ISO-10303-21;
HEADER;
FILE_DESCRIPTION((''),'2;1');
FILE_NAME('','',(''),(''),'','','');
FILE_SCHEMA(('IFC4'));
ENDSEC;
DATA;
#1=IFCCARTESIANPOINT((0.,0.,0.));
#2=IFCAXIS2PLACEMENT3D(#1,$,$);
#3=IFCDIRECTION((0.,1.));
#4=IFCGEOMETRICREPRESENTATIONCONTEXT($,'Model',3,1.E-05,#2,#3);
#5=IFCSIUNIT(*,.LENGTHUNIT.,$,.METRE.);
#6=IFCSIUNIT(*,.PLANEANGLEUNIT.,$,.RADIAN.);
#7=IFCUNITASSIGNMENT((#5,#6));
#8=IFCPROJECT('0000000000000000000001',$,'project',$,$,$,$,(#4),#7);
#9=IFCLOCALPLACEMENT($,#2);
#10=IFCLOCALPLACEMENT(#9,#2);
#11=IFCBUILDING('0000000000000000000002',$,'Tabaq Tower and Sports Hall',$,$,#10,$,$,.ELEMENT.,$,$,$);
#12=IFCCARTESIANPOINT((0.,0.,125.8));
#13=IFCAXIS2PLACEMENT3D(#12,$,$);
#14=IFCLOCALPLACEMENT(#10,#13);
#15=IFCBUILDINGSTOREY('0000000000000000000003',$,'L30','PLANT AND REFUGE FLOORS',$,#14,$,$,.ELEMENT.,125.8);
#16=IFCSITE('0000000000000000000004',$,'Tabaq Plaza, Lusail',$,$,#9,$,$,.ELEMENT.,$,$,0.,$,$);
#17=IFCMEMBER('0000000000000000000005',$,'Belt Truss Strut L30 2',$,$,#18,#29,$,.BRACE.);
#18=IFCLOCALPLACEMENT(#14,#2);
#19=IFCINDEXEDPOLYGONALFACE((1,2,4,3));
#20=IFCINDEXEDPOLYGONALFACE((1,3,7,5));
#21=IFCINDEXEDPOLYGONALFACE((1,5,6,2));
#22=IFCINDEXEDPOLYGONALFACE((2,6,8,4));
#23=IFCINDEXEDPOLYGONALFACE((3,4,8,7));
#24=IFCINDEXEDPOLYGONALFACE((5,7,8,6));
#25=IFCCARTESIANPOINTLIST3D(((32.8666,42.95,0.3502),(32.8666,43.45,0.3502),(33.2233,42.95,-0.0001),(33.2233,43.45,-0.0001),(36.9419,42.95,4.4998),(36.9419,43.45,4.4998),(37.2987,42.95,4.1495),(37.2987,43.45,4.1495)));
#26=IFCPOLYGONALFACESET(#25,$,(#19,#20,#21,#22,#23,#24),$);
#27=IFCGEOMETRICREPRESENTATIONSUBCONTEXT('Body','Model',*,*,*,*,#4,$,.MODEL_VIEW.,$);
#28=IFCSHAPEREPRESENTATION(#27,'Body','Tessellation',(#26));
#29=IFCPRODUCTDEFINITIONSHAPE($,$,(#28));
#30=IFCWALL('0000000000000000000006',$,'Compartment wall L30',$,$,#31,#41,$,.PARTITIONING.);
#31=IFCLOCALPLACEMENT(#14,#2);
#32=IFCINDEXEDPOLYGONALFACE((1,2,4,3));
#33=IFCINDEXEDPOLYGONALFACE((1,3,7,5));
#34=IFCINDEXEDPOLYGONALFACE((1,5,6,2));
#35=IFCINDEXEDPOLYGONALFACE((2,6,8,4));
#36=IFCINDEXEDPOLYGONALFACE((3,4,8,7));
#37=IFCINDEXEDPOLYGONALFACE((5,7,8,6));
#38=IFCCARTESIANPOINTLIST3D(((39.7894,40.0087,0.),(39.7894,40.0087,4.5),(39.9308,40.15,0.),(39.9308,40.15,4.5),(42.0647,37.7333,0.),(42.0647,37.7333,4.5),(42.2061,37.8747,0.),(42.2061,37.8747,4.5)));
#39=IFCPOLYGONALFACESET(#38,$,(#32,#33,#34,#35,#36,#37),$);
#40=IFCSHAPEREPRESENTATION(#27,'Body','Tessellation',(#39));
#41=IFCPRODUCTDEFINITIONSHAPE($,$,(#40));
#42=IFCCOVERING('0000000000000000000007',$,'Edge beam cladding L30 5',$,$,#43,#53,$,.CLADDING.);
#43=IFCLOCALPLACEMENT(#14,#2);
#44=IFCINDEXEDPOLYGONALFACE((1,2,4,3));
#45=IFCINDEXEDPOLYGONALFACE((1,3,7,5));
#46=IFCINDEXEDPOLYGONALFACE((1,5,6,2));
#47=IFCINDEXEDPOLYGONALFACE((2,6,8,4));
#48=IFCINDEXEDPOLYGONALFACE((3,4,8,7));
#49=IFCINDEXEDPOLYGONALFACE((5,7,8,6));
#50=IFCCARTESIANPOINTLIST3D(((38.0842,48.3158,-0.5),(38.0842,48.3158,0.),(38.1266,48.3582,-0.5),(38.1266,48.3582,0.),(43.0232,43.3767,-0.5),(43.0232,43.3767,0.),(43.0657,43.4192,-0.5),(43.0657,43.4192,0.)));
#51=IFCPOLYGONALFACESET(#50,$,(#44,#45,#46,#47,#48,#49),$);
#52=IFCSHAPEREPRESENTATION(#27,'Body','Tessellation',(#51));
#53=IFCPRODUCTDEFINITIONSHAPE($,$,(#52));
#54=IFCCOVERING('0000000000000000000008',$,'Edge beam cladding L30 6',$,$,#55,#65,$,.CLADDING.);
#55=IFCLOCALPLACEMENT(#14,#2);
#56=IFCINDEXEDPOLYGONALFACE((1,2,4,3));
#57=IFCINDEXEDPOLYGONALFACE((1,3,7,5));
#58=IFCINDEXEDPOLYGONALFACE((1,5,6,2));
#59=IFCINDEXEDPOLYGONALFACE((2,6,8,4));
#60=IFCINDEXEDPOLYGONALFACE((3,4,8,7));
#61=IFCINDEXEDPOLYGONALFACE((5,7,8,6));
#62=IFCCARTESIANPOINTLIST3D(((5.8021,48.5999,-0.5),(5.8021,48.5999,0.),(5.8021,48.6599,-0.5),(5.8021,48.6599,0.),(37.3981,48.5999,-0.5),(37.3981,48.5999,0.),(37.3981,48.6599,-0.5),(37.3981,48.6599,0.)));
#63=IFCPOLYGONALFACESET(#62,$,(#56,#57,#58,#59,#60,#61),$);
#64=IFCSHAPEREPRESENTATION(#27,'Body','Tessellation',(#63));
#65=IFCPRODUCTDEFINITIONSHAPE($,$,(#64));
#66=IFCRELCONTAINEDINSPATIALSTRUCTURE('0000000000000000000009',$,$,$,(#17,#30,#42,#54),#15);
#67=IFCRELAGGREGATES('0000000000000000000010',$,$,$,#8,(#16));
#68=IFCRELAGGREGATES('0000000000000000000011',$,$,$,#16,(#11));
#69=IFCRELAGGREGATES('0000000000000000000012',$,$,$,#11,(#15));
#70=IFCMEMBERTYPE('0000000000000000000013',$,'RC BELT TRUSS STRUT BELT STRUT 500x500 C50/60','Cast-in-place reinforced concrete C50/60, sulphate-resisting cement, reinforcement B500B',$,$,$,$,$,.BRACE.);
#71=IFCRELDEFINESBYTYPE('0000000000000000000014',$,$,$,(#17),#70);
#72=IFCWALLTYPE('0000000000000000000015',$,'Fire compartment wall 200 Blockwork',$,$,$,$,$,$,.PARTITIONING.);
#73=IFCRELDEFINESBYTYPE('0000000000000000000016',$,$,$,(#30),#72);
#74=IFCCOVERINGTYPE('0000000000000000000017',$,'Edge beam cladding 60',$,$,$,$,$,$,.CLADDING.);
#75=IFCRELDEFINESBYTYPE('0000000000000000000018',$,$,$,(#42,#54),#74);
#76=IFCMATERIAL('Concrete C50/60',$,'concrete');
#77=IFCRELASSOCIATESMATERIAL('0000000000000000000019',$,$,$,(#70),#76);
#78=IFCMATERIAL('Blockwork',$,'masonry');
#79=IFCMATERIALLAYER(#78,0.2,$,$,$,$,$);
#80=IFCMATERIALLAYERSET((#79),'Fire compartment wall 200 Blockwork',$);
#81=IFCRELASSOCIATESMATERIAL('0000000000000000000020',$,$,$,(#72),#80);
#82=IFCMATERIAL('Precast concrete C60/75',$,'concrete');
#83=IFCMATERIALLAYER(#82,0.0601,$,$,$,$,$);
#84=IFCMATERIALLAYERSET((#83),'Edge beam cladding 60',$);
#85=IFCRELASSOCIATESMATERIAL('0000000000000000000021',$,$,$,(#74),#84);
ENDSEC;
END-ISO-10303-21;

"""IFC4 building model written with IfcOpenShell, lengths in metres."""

from ifc_helpers import new_model, si_unit, direction, frame, frame_2d, origin, origin_2d, place, context, subcontext, project, spatial, rectangle, extrude, material, layer, layer_set, material_profile, profile_set, type_object, element, save


model = new_model("IFC4")

# Units and contexts
model_context = context("Model", 3, precision=1e-05, world=origin(), true_north=direction((0.0, 1.0)))
body_context = subcontext(model_context, "Body", "Model", "MODEL_VIEW")
ifc_project = project(units=[si_unit("LENGTHUNIT", "METRE"), si_unit("PLANEANGLEUNIT", "RADIAN")], contexts=[model_context])

# Site, building, storey
site_placement = place(None, origin())
site = spatial("IfcSite", under=ifc_project, at=site_placement, Name="Tabaq Plaza, Lusail", CompositionType="ELEMENT", RefElevation=0.0)
building_placement = place(site_placement, origin())
building = spatial("IfcBuilding", under=site, at=building_placement, Name="Tabaq Tower and Sports Hall", CompositionType="ELEMENT")
storey_placement = place(building_placement, frame((0.0, 0.0, 125.8)))
storey = spatial("IfcBuildingStorey", under=building, at=storey_placement, Name="L30", Description="PLANT AND REFUGE FLOORS", CompositionType="ELEMENT", Elevation=125.8)

# Member
ifc_material_1 = material(Name="Concrete C50/60", Category="concrete")
ifc_material_profile_1 = material_profile(ifc_material_1, rectangle(XDim=0.5, YDim=0.5, at=origin_2d()), Name="BELT STRUT 500x500")
ifc_profile_set_1 = profile_set([ifc_material_profile_1], Name="Concrete C50/60")
member_type = type_object("IfcMemberType", Name="RC BELT TRUSS STRUT BELT STRUT 500x500 C50/60", Description="Cast-in-place reinforced concrete C50/60, sulphate-resisting cement, reinforcement B500B", PredefinedType="BRACE", material=ifc_profile_set_1)
member_1_placement = place(storey_placement, frame((33.0449, 43.2, 0.175), z_axis=(0.700698, 0.0, 0.713458), x_axis=(0.0, 1.0, 0.0)))
element("IfcMember", 1, at=member_1_placement, inside=storey, type_object=member_type, Name="Belt Truss Strut L30 2", PredefinedType="BRACE", context=body_context, shape_type="SweptSolid", body=[
    extrude(rectangle(XDim=0.5, YDim=0.5, at=origin_2d()), origin(), (0.0, 0.0, 1.0), 5.8162),
])

# Wall
ifc_material_2 = material(Name="Blockwork", Category="masonry")
ifc_layer_1 = layer(ifc_material_2, 0.2)
ifc_layer_set_1 = layer_set([ifc_layer_1], Name="Fire compartment wall 200 Blockwork")
wall_type = type_object("IfcWallType", Name="Fire compartment wall 200 Blockwork", PredefinedType="PARTITIONING", material=ifc_layer_set_1)
wall_placement = place(storey_placement, frame((39.8601, 40.0793, 0.0), z_axis=(0.0, 0.0, 1.0), x_axis=(0.707107, -0.707107, 0.0)))
element("IfcWall", 2, at=wall_placement, inside=storey, type_object=wall_type, Name="Compartment wall L30", PredefinedType="PARTITIONING", context=body_context, shape_type="SweptSolid", body=[
    extrude(rectangle(XDim=3.2178, YDim=0.2, at=frame_2d((1.6089, 0.0))), origin(), (0.0, 0.0, 1.0), 4.5),
])

# Coverings
ifc_material_3 = material(Name="Precast concrete C60/75", Category="concrete")
ifc_layer_2 = layer(ifc_material_3, 0.0601)
ifc_layer_set_2 = layer_set([ifc_layer_2], Name="Edge beam cladding 60")
covering_type = type_object("IfcCoveringType", Name="Edge beam cladding 60", PredefinedType="CLADDING", material=ifc_layer_set_2)
covering_1_placement = place(storey_placement, frame((43.0444, 43.3979, -0.5), z_axis=(0.0, 0.0, 1.0), x_axis=(-0.707107, 0.707107, 0.0)))
element("IfcCovering", 3, at=covering_1_placement, inside=storey, type_object=covering_type, Name="Edge beam cladding L30 5", PredefinedType="CLADDING", context=body_context, shape_type="SweptSolid", body=[
    extrude(rectangle(XDim=6.9849, YDim=0.0601, at=frame_2d((3.4924, 0.0))), origin(), (0.0, 0.0, 1.0), 0.5),
])
covering_2_placement = place(storey_placement, frame((37.3979, 48.6299, -0.5), z_axis=(0.0, 0.0, 1.0), x_axis=(-1.0, 0.0, 0.0)))
element("IfcCovering", 4, at=covering_2_placement, inside=storey, type_object=covering_type, Name="Edge beam cladding L30 6", PredefinedType="CLADDING", context=body_context, shape_type="SweptSolid", body=[
    extrude(rectangle(XDim=31.5959, YDim=0.0601, at=frame_2d((15.7979, 0.0))), origin(), (0.0, 0.0, 1.0), 0.5),
])

save(model, "model.ifc")
